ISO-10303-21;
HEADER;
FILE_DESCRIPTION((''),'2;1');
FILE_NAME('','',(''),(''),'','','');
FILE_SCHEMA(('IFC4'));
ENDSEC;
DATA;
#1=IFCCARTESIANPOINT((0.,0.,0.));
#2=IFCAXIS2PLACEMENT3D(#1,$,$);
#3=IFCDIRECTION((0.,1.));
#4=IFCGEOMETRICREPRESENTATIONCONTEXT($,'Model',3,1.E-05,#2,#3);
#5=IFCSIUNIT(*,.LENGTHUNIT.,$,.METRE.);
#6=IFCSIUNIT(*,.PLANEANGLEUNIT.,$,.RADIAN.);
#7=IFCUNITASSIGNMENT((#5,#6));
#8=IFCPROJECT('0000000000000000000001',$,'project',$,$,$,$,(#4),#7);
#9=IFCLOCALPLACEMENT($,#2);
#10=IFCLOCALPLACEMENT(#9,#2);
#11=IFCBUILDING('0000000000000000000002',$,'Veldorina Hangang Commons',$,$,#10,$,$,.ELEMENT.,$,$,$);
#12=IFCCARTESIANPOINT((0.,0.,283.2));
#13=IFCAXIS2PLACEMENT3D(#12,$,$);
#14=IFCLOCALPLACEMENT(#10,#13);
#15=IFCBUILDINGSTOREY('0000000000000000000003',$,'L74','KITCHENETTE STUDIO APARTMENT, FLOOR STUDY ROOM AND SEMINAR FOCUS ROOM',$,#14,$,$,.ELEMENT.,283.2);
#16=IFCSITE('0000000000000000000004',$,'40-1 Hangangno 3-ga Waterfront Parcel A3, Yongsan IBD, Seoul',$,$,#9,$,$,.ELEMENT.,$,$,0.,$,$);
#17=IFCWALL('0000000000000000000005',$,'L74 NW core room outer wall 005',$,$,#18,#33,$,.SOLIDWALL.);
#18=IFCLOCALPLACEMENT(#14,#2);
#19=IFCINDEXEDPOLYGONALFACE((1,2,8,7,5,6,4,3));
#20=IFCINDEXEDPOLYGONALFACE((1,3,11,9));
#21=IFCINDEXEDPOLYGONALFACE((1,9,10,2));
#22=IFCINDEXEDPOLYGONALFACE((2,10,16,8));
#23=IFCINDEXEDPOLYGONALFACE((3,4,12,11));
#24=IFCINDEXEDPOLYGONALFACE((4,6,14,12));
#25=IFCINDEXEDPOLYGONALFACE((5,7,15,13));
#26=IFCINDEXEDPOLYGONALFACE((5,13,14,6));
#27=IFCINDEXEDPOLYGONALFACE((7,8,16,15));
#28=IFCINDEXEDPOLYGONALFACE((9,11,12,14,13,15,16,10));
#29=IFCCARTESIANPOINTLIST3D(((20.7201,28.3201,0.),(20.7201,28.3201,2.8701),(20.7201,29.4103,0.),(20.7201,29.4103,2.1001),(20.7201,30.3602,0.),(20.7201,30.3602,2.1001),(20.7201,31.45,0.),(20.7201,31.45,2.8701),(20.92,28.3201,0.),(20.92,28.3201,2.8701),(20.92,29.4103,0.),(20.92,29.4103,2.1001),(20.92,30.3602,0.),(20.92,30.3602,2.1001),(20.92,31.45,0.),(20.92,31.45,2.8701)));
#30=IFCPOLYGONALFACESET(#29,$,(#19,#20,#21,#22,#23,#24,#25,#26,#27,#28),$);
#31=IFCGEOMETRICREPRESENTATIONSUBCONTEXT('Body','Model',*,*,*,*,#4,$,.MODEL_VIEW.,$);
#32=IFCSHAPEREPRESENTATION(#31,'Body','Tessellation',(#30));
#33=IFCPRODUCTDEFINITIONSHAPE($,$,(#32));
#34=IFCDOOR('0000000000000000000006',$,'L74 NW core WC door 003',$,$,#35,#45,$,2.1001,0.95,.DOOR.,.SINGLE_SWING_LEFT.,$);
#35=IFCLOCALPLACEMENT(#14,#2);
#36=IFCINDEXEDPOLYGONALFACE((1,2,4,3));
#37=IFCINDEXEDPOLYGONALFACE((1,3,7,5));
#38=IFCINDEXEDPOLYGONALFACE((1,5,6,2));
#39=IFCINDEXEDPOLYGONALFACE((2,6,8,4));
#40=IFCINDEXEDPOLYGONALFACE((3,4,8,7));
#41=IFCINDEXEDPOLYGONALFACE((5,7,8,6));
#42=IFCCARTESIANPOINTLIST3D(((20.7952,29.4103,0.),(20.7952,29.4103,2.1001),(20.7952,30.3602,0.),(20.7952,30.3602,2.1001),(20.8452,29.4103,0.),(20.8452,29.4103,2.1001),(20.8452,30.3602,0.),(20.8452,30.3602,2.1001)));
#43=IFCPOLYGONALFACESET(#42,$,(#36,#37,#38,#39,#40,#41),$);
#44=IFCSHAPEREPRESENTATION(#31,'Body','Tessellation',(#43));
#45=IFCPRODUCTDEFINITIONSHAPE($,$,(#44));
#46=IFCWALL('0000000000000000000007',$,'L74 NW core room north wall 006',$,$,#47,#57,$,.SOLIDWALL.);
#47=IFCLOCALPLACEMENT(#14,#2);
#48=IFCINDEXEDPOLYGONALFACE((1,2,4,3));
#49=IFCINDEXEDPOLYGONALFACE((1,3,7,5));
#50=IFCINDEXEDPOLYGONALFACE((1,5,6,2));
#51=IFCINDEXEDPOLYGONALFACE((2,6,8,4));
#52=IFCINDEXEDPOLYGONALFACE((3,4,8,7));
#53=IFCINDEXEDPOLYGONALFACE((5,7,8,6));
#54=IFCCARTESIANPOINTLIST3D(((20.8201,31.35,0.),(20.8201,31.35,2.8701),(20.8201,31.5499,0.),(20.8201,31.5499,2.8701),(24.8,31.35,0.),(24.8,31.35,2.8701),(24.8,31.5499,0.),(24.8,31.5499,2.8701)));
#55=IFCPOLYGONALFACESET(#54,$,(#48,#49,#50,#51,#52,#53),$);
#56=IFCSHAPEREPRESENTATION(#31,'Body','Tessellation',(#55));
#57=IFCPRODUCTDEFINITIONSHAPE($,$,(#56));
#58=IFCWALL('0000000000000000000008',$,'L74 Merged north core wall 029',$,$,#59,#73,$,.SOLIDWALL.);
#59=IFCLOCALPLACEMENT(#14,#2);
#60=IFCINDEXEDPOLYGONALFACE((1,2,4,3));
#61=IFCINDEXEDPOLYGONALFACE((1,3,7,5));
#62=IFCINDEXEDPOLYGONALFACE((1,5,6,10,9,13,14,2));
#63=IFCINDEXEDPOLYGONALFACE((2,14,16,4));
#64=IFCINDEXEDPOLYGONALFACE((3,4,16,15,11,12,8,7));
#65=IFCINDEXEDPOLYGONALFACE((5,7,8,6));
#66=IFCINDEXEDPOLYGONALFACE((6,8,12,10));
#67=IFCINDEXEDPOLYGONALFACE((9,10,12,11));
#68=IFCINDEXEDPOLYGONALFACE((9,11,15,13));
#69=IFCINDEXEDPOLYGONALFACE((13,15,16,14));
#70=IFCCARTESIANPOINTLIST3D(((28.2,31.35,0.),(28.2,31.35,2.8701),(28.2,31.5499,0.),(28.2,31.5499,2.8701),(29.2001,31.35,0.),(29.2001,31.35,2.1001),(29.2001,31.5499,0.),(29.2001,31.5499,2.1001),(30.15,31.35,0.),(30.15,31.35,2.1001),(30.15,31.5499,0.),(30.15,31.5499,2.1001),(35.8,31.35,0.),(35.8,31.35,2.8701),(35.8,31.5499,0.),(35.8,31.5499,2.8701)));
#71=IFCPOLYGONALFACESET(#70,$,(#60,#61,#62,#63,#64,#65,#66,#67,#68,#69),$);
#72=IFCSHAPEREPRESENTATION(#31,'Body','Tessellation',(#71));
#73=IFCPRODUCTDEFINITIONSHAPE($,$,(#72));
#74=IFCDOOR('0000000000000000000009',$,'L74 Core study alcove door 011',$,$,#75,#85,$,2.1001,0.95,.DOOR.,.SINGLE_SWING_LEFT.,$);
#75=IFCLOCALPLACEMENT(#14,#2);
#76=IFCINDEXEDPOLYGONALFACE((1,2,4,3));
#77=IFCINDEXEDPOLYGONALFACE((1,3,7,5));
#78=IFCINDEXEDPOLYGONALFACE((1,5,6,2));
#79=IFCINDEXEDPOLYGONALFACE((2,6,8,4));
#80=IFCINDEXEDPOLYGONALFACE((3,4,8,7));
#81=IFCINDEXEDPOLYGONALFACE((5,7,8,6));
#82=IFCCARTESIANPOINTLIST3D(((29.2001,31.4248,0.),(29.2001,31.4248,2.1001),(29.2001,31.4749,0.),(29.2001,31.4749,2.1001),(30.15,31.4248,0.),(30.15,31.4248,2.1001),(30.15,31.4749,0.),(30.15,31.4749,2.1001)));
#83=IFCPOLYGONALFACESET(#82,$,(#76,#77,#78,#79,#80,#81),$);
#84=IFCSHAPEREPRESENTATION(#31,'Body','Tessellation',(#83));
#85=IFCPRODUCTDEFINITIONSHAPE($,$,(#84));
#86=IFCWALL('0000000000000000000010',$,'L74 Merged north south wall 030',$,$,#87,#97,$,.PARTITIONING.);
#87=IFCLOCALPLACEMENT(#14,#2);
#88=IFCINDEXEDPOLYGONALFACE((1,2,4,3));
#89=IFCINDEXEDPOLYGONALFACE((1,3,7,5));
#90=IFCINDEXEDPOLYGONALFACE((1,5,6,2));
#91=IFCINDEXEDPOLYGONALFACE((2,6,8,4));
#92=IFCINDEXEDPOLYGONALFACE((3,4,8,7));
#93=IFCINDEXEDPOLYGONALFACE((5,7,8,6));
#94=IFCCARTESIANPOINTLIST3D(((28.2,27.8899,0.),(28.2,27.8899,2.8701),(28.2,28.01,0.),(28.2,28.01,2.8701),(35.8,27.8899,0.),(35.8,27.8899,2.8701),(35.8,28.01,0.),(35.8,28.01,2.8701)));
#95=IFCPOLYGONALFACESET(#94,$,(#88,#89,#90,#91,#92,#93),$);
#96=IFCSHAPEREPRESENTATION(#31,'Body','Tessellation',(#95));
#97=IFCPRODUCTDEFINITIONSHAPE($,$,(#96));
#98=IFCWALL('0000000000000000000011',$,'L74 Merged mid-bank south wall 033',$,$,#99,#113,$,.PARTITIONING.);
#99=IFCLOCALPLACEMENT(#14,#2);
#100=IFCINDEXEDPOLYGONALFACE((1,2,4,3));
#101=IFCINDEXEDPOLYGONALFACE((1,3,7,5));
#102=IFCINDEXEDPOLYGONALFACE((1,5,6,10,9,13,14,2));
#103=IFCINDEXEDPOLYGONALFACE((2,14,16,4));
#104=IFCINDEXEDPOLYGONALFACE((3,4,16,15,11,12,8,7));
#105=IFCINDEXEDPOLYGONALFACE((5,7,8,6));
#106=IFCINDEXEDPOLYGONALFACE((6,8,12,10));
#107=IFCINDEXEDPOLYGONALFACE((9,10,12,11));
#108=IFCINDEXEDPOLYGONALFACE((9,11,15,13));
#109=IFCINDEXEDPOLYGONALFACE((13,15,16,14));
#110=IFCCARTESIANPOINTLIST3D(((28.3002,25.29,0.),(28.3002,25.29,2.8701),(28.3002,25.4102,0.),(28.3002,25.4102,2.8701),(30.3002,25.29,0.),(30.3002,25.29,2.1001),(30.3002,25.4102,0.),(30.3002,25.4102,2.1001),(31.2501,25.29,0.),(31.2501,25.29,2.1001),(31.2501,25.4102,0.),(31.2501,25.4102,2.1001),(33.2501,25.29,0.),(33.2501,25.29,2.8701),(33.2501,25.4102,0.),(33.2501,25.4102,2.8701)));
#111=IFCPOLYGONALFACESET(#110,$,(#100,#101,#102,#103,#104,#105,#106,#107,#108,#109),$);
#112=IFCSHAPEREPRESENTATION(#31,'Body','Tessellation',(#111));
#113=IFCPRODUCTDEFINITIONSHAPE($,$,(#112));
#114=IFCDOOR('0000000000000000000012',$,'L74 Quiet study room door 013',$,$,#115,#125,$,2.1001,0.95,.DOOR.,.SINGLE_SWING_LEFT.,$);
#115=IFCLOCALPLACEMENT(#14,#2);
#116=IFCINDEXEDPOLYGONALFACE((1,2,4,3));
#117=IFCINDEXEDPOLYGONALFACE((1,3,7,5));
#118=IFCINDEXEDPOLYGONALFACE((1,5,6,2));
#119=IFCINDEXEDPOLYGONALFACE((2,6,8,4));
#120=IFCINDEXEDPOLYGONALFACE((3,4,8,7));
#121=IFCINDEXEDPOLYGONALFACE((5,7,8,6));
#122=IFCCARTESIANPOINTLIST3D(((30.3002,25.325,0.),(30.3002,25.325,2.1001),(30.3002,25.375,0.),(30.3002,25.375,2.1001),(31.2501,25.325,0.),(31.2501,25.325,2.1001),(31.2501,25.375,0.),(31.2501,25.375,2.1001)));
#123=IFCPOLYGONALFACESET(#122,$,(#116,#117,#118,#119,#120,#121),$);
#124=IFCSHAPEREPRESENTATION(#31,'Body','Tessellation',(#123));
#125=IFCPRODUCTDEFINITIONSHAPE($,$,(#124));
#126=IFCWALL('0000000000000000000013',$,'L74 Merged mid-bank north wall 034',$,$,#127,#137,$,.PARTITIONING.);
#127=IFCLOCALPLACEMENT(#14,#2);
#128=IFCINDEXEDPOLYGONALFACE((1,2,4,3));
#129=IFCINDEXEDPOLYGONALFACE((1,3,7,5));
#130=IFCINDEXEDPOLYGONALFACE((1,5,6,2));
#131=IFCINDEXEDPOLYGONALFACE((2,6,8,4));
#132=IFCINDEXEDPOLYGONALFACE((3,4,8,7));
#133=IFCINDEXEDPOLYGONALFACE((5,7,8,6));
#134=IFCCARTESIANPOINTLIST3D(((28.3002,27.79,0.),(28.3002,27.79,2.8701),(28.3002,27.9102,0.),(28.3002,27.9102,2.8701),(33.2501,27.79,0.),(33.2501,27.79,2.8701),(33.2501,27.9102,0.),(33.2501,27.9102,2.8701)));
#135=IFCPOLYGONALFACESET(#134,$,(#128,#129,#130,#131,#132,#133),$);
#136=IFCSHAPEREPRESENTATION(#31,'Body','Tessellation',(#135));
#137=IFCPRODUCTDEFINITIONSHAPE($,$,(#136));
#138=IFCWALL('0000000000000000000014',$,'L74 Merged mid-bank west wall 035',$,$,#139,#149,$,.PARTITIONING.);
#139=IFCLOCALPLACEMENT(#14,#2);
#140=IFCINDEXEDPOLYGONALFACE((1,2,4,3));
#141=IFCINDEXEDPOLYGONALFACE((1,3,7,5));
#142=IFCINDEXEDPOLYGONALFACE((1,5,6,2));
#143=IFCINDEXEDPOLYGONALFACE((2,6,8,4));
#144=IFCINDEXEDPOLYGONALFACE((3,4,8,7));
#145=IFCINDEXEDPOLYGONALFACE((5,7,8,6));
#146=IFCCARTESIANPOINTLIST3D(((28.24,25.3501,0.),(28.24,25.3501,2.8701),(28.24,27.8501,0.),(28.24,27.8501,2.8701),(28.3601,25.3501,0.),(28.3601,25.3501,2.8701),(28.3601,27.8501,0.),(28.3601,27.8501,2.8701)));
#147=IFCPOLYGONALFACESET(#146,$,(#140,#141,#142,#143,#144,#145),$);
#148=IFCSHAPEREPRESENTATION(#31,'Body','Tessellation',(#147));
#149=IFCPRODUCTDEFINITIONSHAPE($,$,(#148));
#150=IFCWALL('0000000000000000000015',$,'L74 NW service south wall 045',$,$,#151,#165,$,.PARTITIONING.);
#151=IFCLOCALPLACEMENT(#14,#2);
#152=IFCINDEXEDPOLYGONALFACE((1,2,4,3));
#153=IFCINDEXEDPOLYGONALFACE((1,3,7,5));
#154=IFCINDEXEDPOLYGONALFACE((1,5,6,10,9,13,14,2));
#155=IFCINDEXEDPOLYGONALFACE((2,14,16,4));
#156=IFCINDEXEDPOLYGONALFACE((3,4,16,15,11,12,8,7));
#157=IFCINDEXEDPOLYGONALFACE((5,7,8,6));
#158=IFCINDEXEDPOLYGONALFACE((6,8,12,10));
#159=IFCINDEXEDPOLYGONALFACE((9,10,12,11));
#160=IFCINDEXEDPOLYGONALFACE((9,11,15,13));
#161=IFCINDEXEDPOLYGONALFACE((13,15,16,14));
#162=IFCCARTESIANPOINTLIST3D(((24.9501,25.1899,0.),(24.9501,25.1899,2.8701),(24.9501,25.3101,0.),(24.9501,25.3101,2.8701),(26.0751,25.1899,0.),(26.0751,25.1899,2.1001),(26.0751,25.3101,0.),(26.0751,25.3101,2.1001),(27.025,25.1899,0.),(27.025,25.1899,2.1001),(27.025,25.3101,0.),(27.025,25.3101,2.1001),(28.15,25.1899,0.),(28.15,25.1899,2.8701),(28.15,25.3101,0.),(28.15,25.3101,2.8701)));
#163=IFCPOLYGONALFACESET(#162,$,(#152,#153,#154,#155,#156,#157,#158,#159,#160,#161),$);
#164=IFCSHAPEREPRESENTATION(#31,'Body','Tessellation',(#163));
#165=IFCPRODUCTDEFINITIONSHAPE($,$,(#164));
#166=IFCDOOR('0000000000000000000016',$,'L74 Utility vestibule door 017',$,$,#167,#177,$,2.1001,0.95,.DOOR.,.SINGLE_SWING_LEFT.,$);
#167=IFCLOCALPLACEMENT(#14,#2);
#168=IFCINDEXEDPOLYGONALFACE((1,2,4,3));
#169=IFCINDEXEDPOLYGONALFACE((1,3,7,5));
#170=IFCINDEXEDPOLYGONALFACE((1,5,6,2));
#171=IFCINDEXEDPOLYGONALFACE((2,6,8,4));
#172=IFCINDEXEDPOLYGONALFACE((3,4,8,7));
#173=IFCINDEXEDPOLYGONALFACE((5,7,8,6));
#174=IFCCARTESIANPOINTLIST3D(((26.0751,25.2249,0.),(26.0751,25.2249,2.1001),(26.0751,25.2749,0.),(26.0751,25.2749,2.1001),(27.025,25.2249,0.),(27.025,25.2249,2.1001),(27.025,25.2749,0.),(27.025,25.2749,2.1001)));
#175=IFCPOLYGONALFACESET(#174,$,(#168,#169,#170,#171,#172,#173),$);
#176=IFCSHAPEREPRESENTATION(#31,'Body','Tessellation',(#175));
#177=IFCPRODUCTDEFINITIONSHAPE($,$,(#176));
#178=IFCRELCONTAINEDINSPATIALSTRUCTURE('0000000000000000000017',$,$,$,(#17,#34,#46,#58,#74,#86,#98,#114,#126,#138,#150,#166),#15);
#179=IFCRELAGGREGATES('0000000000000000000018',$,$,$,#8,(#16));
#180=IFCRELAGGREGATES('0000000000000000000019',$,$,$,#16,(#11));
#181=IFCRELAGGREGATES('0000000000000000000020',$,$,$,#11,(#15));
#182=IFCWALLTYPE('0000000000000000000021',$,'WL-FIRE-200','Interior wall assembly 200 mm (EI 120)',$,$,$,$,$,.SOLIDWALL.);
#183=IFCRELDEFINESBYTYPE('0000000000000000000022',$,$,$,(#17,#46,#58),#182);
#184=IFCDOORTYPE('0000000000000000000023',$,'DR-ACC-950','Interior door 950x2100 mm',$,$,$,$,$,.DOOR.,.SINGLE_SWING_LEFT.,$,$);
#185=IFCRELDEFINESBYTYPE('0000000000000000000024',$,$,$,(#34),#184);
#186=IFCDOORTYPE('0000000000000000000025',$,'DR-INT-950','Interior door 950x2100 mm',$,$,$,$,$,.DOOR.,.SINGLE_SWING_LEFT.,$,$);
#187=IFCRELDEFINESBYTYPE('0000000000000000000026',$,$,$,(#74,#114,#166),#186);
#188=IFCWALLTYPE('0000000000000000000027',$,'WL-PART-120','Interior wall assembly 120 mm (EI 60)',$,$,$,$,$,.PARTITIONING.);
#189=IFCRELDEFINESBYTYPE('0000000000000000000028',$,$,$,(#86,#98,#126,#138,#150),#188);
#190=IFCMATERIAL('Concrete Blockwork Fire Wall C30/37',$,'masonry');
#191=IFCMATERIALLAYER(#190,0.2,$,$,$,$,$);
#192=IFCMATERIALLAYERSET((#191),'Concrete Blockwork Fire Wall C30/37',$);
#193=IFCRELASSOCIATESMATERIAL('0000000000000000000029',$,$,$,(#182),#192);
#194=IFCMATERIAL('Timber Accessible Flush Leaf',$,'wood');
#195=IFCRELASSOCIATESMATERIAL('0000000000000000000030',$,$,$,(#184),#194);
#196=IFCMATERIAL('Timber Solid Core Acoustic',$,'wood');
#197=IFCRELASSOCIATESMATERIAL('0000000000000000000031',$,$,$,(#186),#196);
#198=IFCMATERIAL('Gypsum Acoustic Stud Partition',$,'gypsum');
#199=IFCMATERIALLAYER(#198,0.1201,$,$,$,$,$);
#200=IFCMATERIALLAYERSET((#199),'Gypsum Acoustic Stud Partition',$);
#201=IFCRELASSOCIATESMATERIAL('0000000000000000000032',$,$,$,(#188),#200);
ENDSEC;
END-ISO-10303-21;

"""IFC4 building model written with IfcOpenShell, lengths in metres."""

from ifc_helpers import new_model, si_unit, direction, frame, frame_2d, origin, place, context, subcontext, project, spatial, rectangle, extrude, material, layer, layer_set, type_object, element, fill, save


model = new_model("IFC4")

# Units and contexts
model_context = context("Model", 3, precision=1e-05, world=origin(), true_north=direction((0.0, 1.0)))
body_context = subcontext(model_context, "Body", "Model", "MODEL_VIEW")
ifc_project = project(units=[si_unit("LENGTHUNIT", "METRE"), si_unit("PLANEANGLEUNIT", "RADIAN")], contexts=[model_context])

# Site, building, storey
site_placement = place(None, origin())
site = spatial("IfcSite", under=ifc_project, at=site_placement, Name="40-1 Hangangno 3-ga Waterfront Parcel A3, Yongsan IBD, Seoul", CompositionType="ELEMENT", RefElevation=0.0)
building_placement = place(site_placement, origin())
building = spatial("IfcBuilding", under=site, at=building_placement, Name="Veldorina Hangang Commons", CompositionType="ELEMENT")
storey_placement = place(building_placement, frame((0.0, 0.0, 283.2)))
storey = spatial("IfcBuildingStorey", under=building, at=storey_placement, Name="L74", Description="KITCHENETTE STUDIO APARTMENT, FLOOR STUDY ROOM AND SEMINAR FOCUS ROOM", CompositionType="ELEMENT", Elevation=283.2)

# Wall, opening, door
ifc_material_1 = material(Name="Concrete Blockwork Fire Wall C30/37", Category="masonry")
ifc_layer_1 = layer(ifc_material_1, 0.2)
ifc_layer_set_1 = layer_set([ifc_layer_1], Name="Concrete Blockwork Fire Wall C30/37")
wall_type_1 = type_object("IfcWallType", Name="WL-FIRE-200", Description="Interior wall assembly 200 mm (EI 120)", PredefinedType="SOLIDWALL", material=ifc_layer_set_1)
wall_1_placement = place(storey_placement, frame((20.8201, 28.3201, 0.0), z_axis=(0.0, 0.0, 1.0), x_axis=(0.0, 1.0, 0.0)))
wall_1 = element("IfcWall", 1, at=wall_1_placement, inside=storey, type_object=wall_type_1, Name="L74 NW core room outer wall 005", PredefinedType="SOLIDWALL", context=body_context, shape_type="SweptSolid", body=[
    extrude(rectangle(XDim=3.1299, YDim=0.2, at=frame_2d((1.5649, 0.0))), origin(), (0.0, 0.0, 1.0), 2.8701),
])
opening_1_placement = place(wall_1_placement, frame((1.0901, 0.0, 0.0)))
opening_1 = element("IfcOpeningElement", 2, at=opening_1_placement, cuts=wall_1, PredefinedType="OPENING", context=body_context, shape_type="SweptSolid", body=[
    extrude(rectangle(XDim=0.95, YDim=2.1001, at=frame_2d((0.4751, 1.05))), frame((0.0, 0.1099, 0.0), z_axis=(0.0, -1.0, 0.0), x_axis=(1.0, 0.0, 0.0)), (0.0, 0.0, 1.0), 0.22),
])
ifc_material_2 = material(Name="Timber Accessible Flush Leaf", Category="wood")
door_type_1 = type_object("IfcDoorType", Name="DR-ACC-950", Description="Interior door 950x2100 mm", OperationType="SINGLE_SWING_LEFT", PredefinedType="DOOR", material=ifc_material_2)
door_1_placement = place(opening_1_placement, origin())
door_1 = element("IfcDoor", 3, at=door_1_placement, inside=storey, type_object=door_type_1, Name="L74 NW core WC door 003", OperationType="SINGLE_SWING_LEFT", OverallHeight=2.1001, OverallWidth=0.95, PredefinedType="DOOR", context=body_context, shape_type="SweptSolid", body=[
    extrude(rectangle(XDim=0.95, YDim=2.1001, at=frame_2d((0.4751, 1.05))), frame((0.0, 0.0249, 0.0), z_axis=(0.0, -1.0, 0.0), x_axis=(1.0, 0.0, 0.0)), (0.0, 0.0, 1.0), 0.05),
])
fill(opening_1, door_1)

# Wall
wall_2_placement = place(storey_placement, frame((20.8201, 31.45, 0.0), z_axis=(0.0, 0.0, 1.0), x_axis=(1.0, 0.0, 0.0)))
element("IfcWall", 4, at=wall_2_placement, inside=storey, type_object=wall_type_1, Name="L74 NW core room north wall 006", PredefinedType="SOLIDWALL", context=body_context, shape_type="SweptSolid", body=[
    extrude(rectangle(XDim=3.98, YDim=0.2, at=frame_2d((1.99, 0.0))), origin(), (0.0, 0.0, 1.0), 2.8701),
])

# Wall, opening, door
wall_3_placement = place(storey_placement, frame((28.2, 31.45, 0.0), z_axis=(0.0, 0.0, 1.0), x_axis=(1.0, 0.0, 0.0)))
wall_3 = element("IfcWall", 5, at=wall_3_placement, inside=storey, type_object=wall_type_1, Name="L74 Merged north core wall 029", PredefinedType="SOLIDWALL", context=body_context, shape_type="SweptSolid", body=[
    extrude(rectangle(XDim=7.6001, YDim=0.2, at=frame_2d((3.8, 0.0))), origin(), (0.0, 0.0, 1.0), 2.8701),
])
opening_2_placement = place(wall_3_placement, frame((1.0, 0.0, 0.0)))
opening_2 = element("IfcOpeningElement", 6, at=opening_2_placement, cuts=wall_3, PredefinedType="OPENING", context=body_context, shape_type="SweptSolid", body=[
    extrude(rectangle(XDim=0.95, YDim=2.1001, at=frame_2d((0.4751, 1.05))), frame((0.0, 0.1099, 0.0), z_axis=(0.0, -1.0, 0.0), x_axis=(1.0, 0.0, 0.0)), (0.0, 0.0, 1.0), 0.22),
])
ifc_material_3 = material(Name="Timber Solid Core Acoustic", Category="wood")
door_type_2 = type_object("IfcDoorType", Name="DR-INT-950", Description="Interior door 950x2100 mm", OperationType="SINGLE_SWING_LEFT", PredefinedType="DOOR", material=ifc_material_3)
door_2_placement = place(opening_2_placement, origin())
door_2 = element("IfcDoor", 7, at=door_2_placement, inside=storey, type_object=door_type_2, Name="L74 Core study alcove door 011", OperationType="SINGLE_SWING_LEFT", OverallHeight=2.1001, OverallWidth=0.95, PredefinedType="DOOR", context=body_context, shape_type="SweptSolid", body=[
    extrude(rectangle(XDim=0.95, YDim=2.1001, at=frame_2d((0.4751, 1.05))), frame((0.0, 0.0249, 0.0), z_axis=(0.0, -1.0, 0.0), x_axis=(1.0, 0.0, 0.0)), (0.0, 0.0, 1.0), 0.05),
])
fill(opening_2, door_2)

# Wall
ifc_material_4 = material(Name="Gypsum Acoustic Stud Partition", Category="gypsum")
ifc_layer_2 = layer(ifc_material_4, 0.1201)
ifc_layer_set_2 = layer_set([ifc_layer_2], Name="Gypsum Acoustic Stud Partition")
wall_type_2 = type_object("IfcWallType", Name="WL-PART-120", Description="Interior wall assembly 120 mm (EI 60)", PredefinedType="PARTITIONING", material=ifc_layer_set_2)
wall_4_placement = place(storey_placement, frame((28.2, 27.95, 0.0), z_axis=(0.0, 0.0, 1.0), x_axis=(1.0, 0.0, 0.0)))
element("IfcWall", 8, at=wall_4_placement, inside=storey, type_object=wall_type_2, Name="L74 Merged north south wall 030", PredefinedType="PARTITIONING", context=body_context, shape_type="SweptSolid", body=[
    extrude(rectangle(XDim=7.6001, YDim=0.1201, at=frame_2d((3.8, 0.0))), origin(), (0.0, 0.0, 1.0), 2.8701),
])

# Wall, opening, door
wall_5_placement = place(storey_placement, frame((28.3, 25.3501, 0.0), z_axis=(0.0, 0.0, 1.0), x_axis=(1.0, 0.0, 0.0)))
wall_5 = element("IfcWall", 9, at=wall_5_placement, inside=storey, type_object=wall_type_2, Name="L74 Merged mid-bank south wall 033", PredefinedType="PARTITIONING", context=body_context, shape_type="SweptSolid", body=[
    extrude(rectangle(XDim=4.95, YDim=0.1201, at=frame_2d((2.4751, 0.0))), origin(), (0.0, 0.0, 1.0), 2.8701),
])
opening_3_placement = place(wall_5_placement, frame((2.0, 0.0, 0.0)))
opening_3 = element("IfcOpeningElement", 10, at=opening_3_placement, cuts=wall_5, PredefinedType="OPENING", context=body_context, shape_type="SweptSolid", body=[
    extrude(rectangle(XDim=0.95, YDim=2.1001, at=frame_2d((0.4751, 1.05))), frame((0.0, 0.0701, 0.0), z_axis=(0.0, -1.0, 0.0), x_axis=(1.0, 0.0, 0.0)), (0.0, 0.0, 1.0), 0.1401),
])
door_3_placement = place(opening_3_placement, origin())
door_3 = element("IfcDoor", 11, at=door_3_placement, inside=storey, type_object=door_type_2, Name="L74 Quiet study room door 013", OperationType="SINGLE_SWING_LEFT", OverallHeight=2.1001, OverallWidth=0.95, PredefinedType="DOOR", context=body_context, shape_type="SweptSolid", body=[
    extrude(rectangle(XDim=0.95, YDim=2.1001, at=frame_2d((0.4751, 1.05))), frame((0.0, 0.0249, 0.0), z_axis=(0.0, -1.0, 0.0), x_axis=(1.0, 0.0, 0.0)), (0.0, 0.0, 1.0), 0.05),
])
fill(opening_3, door_3)

# Walls
wall_6_placement = place(storey_placement, frame((28.3, 27.8501, 0.0), z_axis=(0.0, 0.0, 1.0), x_axis=(1.0, 0.0, 0.0)))
element("IfcWall", 12, at=wall_6_placement, inside=storey, type_object=wall_type_2, Name="L74 Merged mid-bank north wall 034", PredefinedType="PARTITIONING", context=body_context, shape_type="SweptSolid", body=[
    extrude(rectangle(XDim=4.95, YDim=0.1201, at=frame_2d((2.4751, 0.0))), origin(), (0.0, 0.0, 1.0), 2.8701),
])
wall_7_placement = place(storey_placement, frame((28.3, 25.3501, 0.0), z_axis=(0.0, 0.0, 1.0), x_axis=(0.0, 1.0, 0.0)))
element("IfcWall", 13, at=wall_7_placement, inside=storey, type_object=wall_type_2, Name="L74 Merged mid-bank west wall 035", PredefinedType="PARTITIONING", context=body_context, shape_type="SweptSolid", body=[
    extrude(rectangle(XDim=2.5, YDim=0.1201, at=frame_2d((1.25, 0.0))), origin(), (0.0, 0.0, 1.0), 2.8701),
])

# Wall, opening, door
wall_8_placement = place(storey_placement, frame((24.95, 25.25, 0.0), z_axis=(0.0, 0.0, 1.0), x_axis=(1.0, 0.0, 0.0)))
wall_8 = element("IfcWall", 14, at=wall_8_placement, inside=storey, type_object=wall_type_2, Name="L74 NW service south wall 045", PredefinedType="PARTITIONING", context=body_context, shape_type="SweptSolid", body=[
    extrude(rectangle(XDim=3.2, YDim=0.1201, at=frame_2d((1.6001, 0.0))), origin(), (0.0, 0.0, 1.0), 2.8701),
])
opening_4_placement = place(wall_8_placement, frame((1.125, 0.0, 0.0)))
opening_4 = element("IfcOpeningElement", 15, at=opening_4_placement, cuts=wall_8, PredefinedType="OPENING", context=body_context, shape_type="SweptSolid", body=[
    extrude(rectangle(XDim=0.95, YDim=2.1001, at=frame_2d((0.4751, 1.05))), frame((0.0, 0.0701, 0.0), z_axis=(0.0, -1.0, 0.0), x_axis=(1.0, 0.0, 0.0)), (0.0, 0.0, 1.0), 0.1401),
])
door_4_placement = place(opening_4_placement, origin())
door_4 = element("IfcDoor", 16, at=door_4_placement, inside=storey, type_object=door_type_2, Name="L74 Utility vestibule door 017", OperationType="SINGLE_SWING_LEFT", OverallHeight=2.1001, OverallWidth=0.95, PredefinedType="DOOR", context=body_context, shape_type="SweptSolid", body=[
    extrude(rectangle(XDim=0.95, YDim=2.1001, at=frame_2d((0.4751, 1.05))), frame((0.0, 0.0249, 0.0), z_axis=(0.0, -1.0, 0.0), x_axis=(1.0, 0.0, 0.0)), (0.0, 0.0, 1.0), 0.05),
])
fill(opening_4, door_4)

save(model, "model.ifc")
